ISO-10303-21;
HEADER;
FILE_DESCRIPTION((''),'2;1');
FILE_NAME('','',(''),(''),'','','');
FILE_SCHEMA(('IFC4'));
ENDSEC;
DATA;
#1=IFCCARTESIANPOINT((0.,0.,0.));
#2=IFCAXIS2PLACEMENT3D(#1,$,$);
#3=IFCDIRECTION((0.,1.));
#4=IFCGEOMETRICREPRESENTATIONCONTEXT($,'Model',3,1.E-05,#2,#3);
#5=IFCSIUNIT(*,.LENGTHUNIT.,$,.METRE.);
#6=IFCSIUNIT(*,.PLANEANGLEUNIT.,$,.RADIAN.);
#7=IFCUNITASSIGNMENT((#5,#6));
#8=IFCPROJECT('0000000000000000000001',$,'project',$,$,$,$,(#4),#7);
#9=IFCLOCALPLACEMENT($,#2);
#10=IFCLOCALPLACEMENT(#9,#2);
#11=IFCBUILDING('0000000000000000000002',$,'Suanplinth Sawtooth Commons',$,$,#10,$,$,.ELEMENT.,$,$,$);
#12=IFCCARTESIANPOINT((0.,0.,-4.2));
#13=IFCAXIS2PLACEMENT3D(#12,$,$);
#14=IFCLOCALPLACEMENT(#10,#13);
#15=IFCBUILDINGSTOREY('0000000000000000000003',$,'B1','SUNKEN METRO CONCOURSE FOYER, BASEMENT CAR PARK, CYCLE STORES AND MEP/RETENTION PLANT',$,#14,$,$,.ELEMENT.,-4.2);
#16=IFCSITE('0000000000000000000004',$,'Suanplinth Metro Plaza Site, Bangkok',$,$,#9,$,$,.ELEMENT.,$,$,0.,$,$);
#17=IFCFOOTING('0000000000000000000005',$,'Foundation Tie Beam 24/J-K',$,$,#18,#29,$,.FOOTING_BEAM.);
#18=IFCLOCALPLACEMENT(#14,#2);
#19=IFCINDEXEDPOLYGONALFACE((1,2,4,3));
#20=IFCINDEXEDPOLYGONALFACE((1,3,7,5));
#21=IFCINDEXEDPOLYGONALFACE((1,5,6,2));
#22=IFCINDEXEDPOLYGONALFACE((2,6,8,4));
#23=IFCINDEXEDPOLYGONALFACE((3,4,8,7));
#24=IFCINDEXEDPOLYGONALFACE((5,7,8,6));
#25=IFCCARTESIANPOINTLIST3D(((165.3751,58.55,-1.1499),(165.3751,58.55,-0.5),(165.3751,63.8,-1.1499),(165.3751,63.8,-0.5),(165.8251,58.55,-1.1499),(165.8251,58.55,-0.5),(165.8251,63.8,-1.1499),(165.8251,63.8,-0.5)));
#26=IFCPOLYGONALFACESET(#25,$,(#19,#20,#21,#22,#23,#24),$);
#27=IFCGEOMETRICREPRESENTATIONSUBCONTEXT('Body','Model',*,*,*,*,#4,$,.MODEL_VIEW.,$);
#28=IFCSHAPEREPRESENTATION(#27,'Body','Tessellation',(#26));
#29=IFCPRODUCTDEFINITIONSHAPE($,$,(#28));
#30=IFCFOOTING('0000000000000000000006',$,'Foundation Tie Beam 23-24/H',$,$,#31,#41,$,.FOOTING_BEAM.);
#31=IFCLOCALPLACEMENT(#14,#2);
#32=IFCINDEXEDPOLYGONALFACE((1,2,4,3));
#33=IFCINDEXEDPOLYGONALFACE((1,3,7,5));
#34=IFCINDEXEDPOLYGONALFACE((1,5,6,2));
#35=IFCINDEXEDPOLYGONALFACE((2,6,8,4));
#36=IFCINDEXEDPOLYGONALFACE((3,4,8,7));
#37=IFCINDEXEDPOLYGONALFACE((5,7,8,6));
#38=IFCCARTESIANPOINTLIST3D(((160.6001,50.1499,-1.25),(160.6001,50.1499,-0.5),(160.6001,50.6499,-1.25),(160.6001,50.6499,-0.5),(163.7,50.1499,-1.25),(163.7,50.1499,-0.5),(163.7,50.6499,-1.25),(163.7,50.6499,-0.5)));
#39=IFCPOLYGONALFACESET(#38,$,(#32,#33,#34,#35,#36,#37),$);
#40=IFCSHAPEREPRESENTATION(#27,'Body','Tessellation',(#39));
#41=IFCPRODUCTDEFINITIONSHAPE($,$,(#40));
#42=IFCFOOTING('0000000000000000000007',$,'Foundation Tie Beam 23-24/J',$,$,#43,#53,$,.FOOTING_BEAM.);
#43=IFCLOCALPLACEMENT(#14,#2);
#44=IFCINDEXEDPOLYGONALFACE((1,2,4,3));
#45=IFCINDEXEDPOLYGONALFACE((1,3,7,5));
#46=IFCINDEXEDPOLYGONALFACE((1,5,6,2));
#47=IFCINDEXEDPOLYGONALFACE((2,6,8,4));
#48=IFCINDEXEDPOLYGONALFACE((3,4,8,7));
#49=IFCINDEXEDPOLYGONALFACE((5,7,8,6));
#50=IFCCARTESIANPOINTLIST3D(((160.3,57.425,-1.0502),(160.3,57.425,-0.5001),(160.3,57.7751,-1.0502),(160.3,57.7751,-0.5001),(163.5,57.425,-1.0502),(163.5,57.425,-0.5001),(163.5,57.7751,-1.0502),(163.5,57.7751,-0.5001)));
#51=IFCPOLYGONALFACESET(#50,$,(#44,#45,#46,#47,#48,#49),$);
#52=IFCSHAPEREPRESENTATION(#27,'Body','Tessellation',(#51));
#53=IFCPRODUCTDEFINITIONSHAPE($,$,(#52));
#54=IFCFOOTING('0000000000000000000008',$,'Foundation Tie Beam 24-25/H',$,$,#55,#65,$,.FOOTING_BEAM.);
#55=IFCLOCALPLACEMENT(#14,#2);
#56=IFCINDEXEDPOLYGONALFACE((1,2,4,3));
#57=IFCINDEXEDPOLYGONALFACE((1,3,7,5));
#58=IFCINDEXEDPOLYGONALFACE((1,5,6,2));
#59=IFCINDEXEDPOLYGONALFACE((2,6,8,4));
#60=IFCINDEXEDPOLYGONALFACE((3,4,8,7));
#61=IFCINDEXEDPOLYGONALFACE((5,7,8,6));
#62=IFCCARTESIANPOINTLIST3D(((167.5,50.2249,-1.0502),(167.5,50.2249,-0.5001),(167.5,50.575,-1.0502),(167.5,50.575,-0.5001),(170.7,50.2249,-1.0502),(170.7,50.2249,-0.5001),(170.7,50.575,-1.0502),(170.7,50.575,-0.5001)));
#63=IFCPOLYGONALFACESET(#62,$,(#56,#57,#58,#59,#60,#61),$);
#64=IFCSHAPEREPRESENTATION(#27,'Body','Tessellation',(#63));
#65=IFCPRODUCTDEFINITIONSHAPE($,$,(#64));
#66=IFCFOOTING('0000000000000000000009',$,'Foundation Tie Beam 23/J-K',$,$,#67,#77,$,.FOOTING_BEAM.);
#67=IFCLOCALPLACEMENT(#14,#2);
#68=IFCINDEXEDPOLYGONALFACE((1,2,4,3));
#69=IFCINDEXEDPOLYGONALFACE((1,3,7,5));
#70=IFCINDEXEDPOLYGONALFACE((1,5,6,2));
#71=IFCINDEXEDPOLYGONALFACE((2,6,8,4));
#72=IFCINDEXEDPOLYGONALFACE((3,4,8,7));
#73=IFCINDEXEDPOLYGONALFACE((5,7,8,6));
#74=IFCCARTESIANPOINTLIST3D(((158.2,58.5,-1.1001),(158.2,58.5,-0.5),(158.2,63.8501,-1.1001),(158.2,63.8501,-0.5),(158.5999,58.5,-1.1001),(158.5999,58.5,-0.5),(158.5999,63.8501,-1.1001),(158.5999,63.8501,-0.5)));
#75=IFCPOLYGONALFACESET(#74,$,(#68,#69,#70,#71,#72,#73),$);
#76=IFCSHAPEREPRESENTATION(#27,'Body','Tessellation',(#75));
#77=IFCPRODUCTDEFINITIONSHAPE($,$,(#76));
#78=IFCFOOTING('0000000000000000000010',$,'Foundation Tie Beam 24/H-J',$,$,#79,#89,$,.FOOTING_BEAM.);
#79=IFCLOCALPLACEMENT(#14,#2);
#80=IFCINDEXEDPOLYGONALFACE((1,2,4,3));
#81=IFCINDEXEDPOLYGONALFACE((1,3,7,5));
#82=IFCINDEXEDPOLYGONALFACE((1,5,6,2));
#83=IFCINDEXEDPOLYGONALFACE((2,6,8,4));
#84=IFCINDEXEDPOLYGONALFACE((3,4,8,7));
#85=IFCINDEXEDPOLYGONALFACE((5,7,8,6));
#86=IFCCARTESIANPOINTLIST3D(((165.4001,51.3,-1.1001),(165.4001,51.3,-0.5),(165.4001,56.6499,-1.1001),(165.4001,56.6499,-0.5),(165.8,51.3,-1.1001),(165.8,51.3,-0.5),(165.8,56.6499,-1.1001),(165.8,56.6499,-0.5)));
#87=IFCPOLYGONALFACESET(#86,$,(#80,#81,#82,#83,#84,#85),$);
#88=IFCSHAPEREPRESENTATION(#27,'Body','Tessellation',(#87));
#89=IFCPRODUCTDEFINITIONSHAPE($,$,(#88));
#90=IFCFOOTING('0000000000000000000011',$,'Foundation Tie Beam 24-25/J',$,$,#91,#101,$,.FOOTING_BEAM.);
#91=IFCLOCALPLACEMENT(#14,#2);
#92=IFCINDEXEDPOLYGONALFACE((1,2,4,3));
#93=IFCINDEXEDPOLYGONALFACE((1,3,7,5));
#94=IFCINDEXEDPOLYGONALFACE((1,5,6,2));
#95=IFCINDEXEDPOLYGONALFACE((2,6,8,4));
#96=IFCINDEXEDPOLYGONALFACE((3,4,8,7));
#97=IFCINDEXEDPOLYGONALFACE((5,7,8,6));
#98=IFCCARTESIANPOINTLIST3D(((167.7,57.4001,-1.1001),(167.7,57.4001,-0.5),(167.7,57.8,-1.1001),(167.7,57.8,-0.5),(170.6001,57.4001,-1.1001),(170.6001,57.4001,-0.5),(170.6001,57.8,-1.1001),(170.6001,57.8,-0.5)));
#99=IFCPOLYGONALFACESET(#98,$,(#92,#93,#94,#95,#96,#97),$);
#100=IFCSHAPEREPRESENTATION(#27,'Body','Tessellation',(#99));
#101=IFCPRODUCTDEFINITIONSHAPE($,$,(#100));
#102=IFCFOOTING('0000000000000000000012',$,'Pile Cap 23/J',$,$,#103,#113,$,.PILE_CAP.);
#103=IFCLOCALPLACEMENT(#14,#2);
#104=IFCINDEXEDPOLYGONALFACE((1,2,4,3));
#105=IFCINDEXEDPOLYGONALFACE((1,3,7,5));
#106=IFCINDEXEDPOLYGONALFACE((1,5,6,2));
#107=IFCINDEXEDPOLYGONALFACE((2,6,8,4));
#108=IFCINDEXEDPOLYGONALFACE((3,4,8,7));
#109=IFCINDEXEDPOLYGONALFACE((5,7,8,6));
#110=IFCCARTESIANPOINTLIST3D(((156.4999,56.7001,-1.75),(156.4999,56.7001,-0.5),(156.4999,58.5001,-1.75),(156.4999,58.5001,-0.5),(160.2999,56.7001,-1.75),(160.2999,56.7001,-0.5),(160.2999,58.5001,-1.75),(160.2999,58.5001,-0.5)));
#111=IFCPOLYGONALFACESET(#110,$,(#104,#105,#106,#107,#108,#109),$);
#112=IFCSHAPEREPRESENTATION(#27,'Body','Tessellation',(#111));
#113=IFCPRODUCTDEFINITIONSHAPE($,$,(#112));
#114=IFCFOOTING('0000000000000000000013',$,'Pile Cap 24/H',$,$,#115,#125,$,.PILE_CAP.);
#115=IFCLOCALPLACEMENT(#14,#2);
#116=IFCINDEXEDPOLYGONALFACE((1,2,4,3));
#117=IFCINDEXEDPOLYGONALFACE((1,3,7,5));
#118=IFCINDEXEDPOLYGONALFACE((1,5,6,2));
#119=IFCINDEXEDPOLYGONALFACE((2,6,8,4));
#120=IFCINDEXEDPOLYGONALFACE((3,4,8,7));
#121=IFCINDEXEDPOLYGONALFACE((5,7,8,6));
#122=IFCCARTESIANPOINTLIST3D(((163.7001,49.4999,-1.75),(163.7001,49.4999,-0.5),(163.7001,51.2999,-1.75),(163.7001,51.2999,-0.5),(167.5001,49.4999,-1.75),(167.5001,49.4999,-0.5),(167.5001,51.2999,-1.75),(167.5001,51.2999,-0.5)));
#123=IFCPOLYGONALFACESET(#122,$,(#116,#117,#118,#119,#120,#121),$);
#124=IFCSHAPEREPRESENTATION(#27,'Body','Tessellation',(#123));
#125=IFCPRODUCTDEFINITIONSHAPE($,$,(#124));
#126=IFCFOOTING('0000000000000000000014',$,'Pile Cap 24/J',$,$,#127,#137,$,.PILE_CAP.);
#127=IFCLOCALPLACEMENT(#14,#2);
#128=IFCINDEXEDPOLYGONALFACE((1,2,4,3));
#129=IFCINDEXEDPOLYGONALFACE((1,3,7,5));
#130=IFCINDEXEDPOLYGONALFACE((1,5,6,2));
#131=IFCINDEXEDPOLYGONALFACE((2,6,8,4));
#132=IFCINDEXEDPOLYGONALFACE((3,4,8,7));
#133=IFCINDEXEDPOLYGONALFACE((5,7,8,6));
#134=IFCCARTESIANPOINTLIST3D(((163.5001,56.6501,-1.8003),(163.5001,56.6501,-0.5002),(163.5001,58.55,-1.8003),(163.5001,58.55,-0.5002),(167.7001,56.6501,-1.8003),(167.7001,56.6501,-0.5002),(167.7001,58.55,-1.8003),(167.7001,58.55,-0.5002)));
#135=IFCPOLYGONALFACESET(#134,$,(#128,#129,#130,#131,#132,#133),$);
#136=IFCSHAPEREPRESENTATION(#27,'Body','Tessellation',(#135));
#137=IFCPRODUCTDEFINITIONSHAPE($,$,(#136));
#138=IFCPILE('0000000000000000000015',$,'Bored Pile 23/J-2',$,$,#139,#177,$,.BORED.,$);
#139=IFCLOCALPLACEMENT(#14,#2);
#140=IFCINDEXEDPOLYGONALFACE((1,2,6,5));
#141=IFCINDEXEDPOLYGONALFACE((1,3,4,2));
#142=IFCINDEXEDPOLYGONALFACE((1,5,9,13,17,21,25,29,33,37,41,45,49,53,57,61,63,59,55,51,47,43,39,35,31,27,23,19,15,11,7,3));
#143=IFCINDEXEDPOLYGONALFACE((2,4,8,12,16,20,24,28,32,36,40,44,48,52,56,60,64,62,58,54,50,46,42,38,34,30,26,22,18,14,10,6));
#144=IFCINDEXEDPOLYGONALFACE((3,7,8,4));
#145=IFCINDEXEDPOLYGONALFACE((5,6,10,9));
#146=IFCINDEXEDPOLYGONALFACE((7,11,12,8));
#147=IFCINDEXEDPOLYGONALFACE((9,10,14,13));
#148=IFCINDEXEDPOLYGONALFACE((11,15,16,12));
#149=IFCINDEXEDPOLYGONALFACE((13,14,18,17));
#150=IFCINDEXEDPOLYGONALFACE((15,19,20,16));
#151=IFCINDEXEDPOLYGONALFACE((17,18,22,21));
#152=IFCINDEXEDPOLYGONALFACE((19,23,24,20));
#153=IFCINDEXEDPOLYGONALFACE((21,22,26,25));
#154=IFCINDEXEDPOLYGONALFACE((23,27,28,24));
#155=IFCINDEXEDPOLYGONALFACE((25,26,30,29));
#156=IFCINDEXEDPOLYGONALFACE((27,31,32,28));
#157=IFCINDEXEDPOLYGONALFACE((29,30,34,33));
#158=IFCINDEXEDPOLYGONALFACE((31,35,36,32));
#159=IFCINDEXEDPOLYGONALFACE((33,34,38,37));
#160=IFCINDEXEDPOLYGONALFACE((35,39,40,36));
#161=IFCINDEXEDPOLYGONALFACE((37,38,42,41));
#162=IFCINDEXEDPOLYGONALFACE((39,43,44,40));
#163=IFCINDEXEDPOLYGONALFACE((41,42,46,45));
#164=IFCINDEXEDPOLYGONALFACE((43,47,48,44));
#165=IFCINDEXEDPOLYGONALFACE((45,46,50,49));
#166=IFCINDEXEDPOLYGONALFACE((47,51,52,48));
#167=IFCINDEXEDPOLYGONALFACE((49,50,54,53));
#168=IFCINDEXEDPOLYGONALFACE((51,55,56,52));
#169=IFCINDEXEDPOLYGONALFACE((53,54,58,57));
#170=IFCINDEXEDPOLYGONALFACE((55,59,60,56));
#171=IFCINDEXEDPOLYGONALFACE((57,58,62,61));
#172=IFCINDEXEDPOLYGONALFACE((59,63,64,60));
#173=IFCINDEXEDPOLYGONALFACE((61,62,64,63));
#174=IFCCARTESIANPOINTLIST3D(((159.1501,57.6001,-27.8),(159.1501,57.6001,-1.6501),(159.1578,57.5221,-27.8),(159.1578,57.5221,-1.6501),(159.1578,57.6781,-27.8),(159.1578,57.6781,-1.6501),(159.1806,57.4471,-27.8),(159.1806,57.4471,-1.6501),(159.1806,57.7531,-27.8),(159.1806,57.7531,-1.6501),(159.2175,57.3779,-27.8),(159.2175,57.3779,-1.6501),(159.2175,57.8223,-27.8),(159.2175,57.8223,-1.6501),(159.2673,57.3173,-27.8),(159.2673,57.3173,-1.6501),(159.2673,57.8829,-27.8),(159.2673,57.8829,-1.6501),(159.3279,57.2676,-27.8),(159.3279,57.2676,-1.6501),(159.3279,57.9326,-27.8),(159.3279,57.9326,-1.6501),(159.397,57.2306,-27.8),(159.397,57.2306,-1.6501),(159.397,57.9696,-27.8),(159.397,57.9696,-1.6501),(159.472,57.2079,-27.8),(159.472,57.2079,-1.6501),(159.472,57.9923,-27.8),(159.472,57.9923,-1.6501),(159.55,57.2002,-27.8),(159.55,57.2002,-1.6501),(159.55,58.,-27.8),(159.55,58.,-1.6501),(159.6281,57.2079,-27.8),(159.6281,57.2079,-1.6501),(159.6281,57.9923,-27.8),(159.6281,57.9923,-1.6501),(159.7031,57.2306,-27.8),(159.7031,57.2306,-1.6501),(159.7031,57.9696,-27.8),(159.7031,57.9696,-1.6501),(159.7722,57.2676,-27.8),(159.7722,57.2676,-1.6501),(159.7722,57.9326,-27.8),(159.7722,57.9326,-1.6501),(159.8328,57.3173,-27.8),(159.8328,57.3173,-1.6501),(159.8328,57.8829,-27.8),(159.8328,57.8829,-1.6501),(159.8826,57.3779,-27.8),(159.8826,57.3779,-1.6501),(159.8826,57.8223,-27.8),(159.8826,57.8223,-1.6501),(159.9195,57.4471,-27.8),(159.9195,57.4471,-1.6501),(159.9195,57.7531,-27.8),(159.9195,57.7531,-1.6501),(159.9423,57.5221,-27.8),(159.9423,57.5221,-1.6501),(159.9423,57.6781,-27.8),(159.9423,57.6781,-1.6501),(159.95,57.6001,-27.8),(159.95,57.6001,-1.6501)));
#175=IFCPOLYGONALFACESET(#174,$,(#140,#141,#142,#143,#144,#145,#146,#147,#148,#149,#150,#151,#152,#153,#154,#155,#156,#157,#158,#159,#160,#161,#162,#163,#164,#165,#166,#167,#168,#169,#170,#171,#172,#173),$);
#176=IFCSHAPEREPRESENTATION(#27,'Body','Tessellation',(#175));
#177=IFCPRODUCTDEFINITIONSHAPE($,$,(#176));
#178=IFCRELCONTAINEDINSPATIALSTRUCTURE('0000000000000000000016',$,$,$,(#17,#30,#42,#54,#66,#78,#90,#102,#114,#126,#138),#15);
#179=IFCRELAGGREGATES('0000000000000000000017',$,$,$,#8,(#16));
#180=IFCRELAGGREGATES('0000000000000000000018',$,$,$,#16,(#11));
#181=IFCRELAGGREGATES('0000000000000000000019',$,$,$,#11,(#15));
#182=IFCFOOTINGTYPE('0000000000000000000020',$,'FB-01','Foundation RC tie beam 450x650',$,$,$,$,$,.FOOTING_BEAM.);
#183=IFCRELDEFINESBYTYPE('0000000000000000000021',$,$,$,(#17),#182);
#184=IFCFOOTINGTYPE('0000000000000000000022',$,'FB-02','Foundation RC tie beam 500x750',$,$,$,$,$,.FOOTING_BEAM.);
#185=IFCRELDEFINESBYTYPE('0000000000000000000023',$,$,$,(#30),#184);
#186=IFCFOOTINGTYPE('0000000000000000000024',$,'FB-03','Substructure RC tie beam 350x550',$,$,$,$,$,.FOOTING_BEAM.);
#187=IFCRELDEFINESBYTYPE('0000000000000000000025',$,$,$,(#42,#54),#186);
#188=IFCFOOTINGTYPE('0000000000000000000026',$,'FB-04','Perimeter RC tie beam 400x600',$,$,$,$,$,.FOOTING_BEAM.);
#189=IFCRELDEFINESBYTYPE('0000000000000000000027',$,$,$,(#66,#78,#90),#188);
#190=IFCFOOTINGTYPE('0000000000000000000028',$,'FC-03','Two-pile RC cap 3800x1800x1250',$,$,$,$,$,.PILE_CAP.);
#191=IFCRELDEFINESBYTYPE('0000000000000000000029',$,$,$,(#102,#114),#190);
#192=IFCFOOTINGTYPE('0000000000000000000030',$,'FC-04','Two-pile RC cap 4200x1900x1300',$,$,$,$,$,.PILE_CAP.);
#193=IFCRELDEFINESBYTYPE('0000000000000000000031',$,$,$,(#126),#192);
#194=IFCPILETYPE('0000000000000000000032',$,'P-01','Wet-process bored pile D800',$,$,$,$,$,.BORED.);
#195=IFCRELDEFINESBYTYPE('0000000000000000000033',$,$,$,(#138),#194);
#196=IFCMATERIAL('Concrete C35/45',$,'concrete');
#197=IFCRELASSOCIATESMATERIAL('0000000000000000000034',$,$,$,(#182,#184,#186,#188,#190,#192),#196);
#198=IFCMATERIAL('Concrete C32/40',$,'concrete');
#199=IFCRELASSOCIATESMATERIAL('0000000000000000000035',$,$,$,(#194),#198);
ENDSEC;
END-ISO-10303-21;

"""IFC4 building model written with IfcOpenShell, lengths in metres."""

from ifc_helpers import new_model, si_unit, direction, frame, origin, origin_2d, place, context, subcontext, project, spatial, rectangle, circle, extrude, material, material_profile, profile_set, type_object, element, save


model = new_model("IFC4")

# Units and contexts
model_context = context("Model", 3, precision=1e-05, world=origin(), true_north=direction((0.0, 1.0)))
body_context = subcontext(model_context, "Body", "Model", "MODEL_VIEW")
ifc_project = project(units=[si_unit("LENGTHUNIT", "METRE"), si_unit("PLANEANGLEUNIT", "RADIAN")], contexts=[model_context])

# Site, building, storey
site_placement = place(None, origin())
site = spatial("IfcSite", under=ifc_project, at=site_placement, Name="Suanplinth Metro Plaza Site, Bangkok", CompositionType="ELEMENT", RefElevation=0.0)
building_placement = place(site_placement, origin())
building = spatial("IfcBuilding", under=site, at=building_placement, Name="Suanplinth Sawtooth Commons", CompositionType="ELEMENT")
storey_placement = place(building_placement, frame((0.0, 0.0, -4.2)))
storey = spatial("IfcBuildingStorey", under=building, at=storey_placement, Name="B1", Description="SUNKEN METRO CONCOURSE FOYER, BASEMENT CAR PARK, CYCLE STORES AND MEP/RETENTION PLANT", CompositionType="ELEMENT", Elevation=-4.2)

# Footings
ifc_material_1 = material(Name="Concrete C35/45", Category="concrete")
ifc_material_profile_1 = material_profile(ifc_material_1, rectangle(XDim=0.45, YDim=0.6499, at=origin_2d()), Name="PC-GDR 450x650")
ifc_profile_set_1 = profile_set([ifc_material_profile_1], Name="Concrete C35/45")
footing_type_1 = type_object("IfcFootingType", Name="FB-01", Description="Foundation RC tie beam 450x650", PredefinedType="FOOTING_BEAM", material=ifc_profile_set_1)
footing_1_placement = place(storey_placement, frame((165.6001, 58.55, -0.825), z_axis=(0.0, 1.0, 0.0), x_axis=(-1.0, 0.0, 0.0)))
element("IfcFooting", 1, at=footing_1_placement, inside=storey, type_object=footing_type_1, Name="Foundation Tie Beam 24/J-K", PredefinedType="FOOTING_BEAM", context=body_context, shape_type="SweptSolid", body=[
    extrude(rectangle(XDim=0.45, YDim=0.6499, at=origin_2d()), origin(), (0.0, 0.0, 1.0), 5.25),
])
ifc_material_profile_2 = material_profile(ifc_material_1, rectangle(XDim=0.5, YDim=0.75, at=origin_2d()), Name="RC-GDR 500x750")
ifc_profile_set_2 = profile_set([ifc_material_profile_2], Name="Concrete C35/45")
footing_type_2 = type_object("IfcFootingType", Name="FB-02", Description="Foundation RC tie beam 500x750", PredefinedType="FOOTING_BEAM", material=ifc_profile_set_2)
footing_2_placement = place(storey_placement, frame((160.6001, 50.3999, -0.875), z_axis=(1.0, 0.0, 0.0), x_axis=(0.0, 1.0, 0.0)))
element("IfcFooting", 2, at=footing_2_placement, inside=storey, type_object=footing_type_2, Name="Foundation Tie Beam 23-24/H", PredefinedType="FOOTING_BEAM", context=body_context, shape_type="SweptSolid", body=[
    extrude(rectangle(XDim=0.5, YDim=0.75, at=origin_2d()), origin(), (0.0, 0.0, 1.0), 3.0999),
])
ifc_material_profile_3 = material_profile(ifc_material_1, rectangle(XDim=0.3501, YDim=0.55, at=origin_2d()), Name="PC-BM 350x550")
ifc_profile_set_3 = profile_set([ifc_material_profile_3], Name="Concrete C35/45")
footing_type_3 = type_object("IfcFootingType", Name="FB-03", Description="Substructure RC tie beam 350x550", PredefinedType="FOOTING_BEAM", material=ifc_profile_set_3)
for number, where, z_axis, x_axis, name in (
    (3, (160.3, 57.6001, -0.7751), (1.0, 0.0, 0.0), (0.0, 1.0, 0.0), "Foundation Tie Beam 23-24/J"),
    (4, (167.5, 50.3999, -0.7751), (1.0, 0.0, 0.0), (0.0, 1.0, 0.0), "Foundation Tie Beam 24-25/H"),
):
    element("IfcFooting", number, at=place(storey_placement, frame(where, z_axis=z_axis, x_axis=x_axis)), inside=storey, type_object=footing_type_3, Name=name, PredefinedType="FOOTING_BEAM", context=body_context, shape_type="SweptSolid", body=[
        extrude(rectangle(XDim=0.3501, YDim=0.55, at=origin_2d()), origin(), (0.0, 0.0, 1.0), 3.2),
    ])
ifc_material_profile_4 = material_profile(ifc_material_1, rectangle(XDim=0.3999, YDim=0.6001, at=origin_2d()), Name="PC-GDR 400x600")
ifc_profile_set_4 = profile_set([ifc_material_profile_4], Name="Concrete C35/45")
footing_type_4 = type_object("IfcFootingType", Name="FB-04", Description="Perimeter RC tie beam 400x600", PredefinedType="FOOTING_BEAM", material=ifc_profile_set_4)
footing_3_placement = place(storey_placement, frame((158.3999, 58.5, -0.8), z_axis=(0.0, 1.0, 0.0), x_axis=(-1.0, 0.0, 0.0)))
element("IfcFooting", 5, at=footing_3_placement, inside=storey, type_object=footing_type_4, Name="Foundation Tie Beam 23/J-K", PredefinedType="FOOTING_BEAM", context=body_context, shape_type="SweptSolid", body=[
    extrude(rectangle(XDim=0.3999, YDim=0.6001, at=origin_2d()), origin(), (0.0, 0.0, 1.0), 5.3501),
])
footing_4_placement = place(storey_placement, frame((165.6001, 51.3, -0.8), z_axis=(0.0, 1.0, 0.0), x_axis=(-1.0, 0.0, 0.0)))
element("IfcFooting", 6, at=footing_4_placement, inside=storey, type_object=footing_type_4, Name="Foundation Tie Beam 24/H-J", PredefinedType="FOOTING_BEAM", context=body_context, shape_type="SweptSolid", body=[
    extrude(rectangle(XDim=0.3999, YDim=0.6001, at=origin_2d()), origin(), (0.0, 0.0, 1.0), 5.3499),
])
footing_5_placement = place(storey_placement, frame((167.7, 57.6001, -0.8), z_axis=(1.0, 0.0, 0.0), x_axis=(0.0, 1.0, 0.0)))
element("IfcFooting", 7, at=footing_5_placement, inside=storey, type_object=footing_type_4, Name="Foundation Tie Beam 24-25/J", PredefinedType="FOOTING_BEAM", context=body_context, shape_type="SweptSolid", body=[
    extrude(rectangle(XDim=0.3999, YDim=0.6001, at=origin_2d()), origin(), (0.0, 0.0, 1.0), 2.9001),
])
footing_type_5 = type_object("IfcFootingType", Name="FC-03", Description="Two-pile RC cap 3800x1800x1250", PredefinedType="PILE_CAP", material=ifc_material_1)
for number, where, z_axis, x_axis, name in (
    (8, (158.3999, 57.6001, -1.75), (0.0, 0.0, 1.0), (1.0, 0.0, 0.0), "Pile Cap 23/J"),
    (9, (165.6001, 50.3999, -1.75), (0.0, 0.0, 1.0), (1.0, 0.0, 0.0), "Pile Cap 24/H"),
):
    element("IfcFooting", number, at=place(storey_placement, frame(where, z_axis=z_axis, x_axis=x_axis)), inside=storey, type_object=footing_type_5, Name=name, PredefinedType="PILE_CAP", context=body_context, shape_type="SweptSolid", body=[
        extrude(rectangle(XDim=3.8, YDim=1.8, at=origin_2d()), origin(), (0.0, 0.0, 1.0), 1.25),
    ])
footing_type_6 = type_object("IfcFootingType", Name="FC-04", Description="Two-pile RC cap 4200x1900x1300", PredefinedType="PILE_CAP", material=ifc_material_1)
footing_6_placement = place(storey_placement, frame((165.6001, 57.6001, -1.8003), z_axis=(0.0, 0.0, 1.0), x_axis=(1.0, 0.0, 0.0)))
element("IfcFooting", 10, at=footing_6_placement, inside=storey, type_object=footing_type_6, Name="Pile Cap 24/J", PredefinedType="PILE_CAP", context=body_context, shape_type="SweptSolid", body=[
    extrude(rectangle(XDim=4.2, YDim=1.8999, at=origin_2d()), origin(), (0.0, 0.0, 1.0), 1.3),
])

# Pile
ifc_material_2 = material(Name="Concrete C32/40", Category="concrete")
ifc_material_profile_5 = material_profile(ifc_material_2, circle(Radius=0.3999, at=origin_2d()), Name="PILE D800")
ifc_profile_set_5 = profile_set([ifc_material_profile_5], Name="Concrete C32/40")
pile_type_1 = type_object("IfcPileType", Name="P-01", Description="Wet-process bored pile D800", PredefinedType="BORED", material=ifc_profile_set_5)
for number, where, z_axis, x_axis, name in (
    (11, (159.55, 57.6001, -1.6501), (0.0, 0.0, -1.0), (1.0, 0.0, 0.0), "Bored Pile 23/J-2"),
):
    element("IfcPile", number, at=place(storey_placement, frame(where, z_axis=z_axis, x_axis=x_axis)), inside=storey, type_object=pile_type_1, Name=name, PredefinedType="BORED", context=body_context, shape_type="SweptSolid", body=[
        extrude(circle(Radius=0.3999, at=origin_2d()), origin(), (0.0, 0.0, 1.0), 26.1499),
    ])

save(model, "model.ifc")
